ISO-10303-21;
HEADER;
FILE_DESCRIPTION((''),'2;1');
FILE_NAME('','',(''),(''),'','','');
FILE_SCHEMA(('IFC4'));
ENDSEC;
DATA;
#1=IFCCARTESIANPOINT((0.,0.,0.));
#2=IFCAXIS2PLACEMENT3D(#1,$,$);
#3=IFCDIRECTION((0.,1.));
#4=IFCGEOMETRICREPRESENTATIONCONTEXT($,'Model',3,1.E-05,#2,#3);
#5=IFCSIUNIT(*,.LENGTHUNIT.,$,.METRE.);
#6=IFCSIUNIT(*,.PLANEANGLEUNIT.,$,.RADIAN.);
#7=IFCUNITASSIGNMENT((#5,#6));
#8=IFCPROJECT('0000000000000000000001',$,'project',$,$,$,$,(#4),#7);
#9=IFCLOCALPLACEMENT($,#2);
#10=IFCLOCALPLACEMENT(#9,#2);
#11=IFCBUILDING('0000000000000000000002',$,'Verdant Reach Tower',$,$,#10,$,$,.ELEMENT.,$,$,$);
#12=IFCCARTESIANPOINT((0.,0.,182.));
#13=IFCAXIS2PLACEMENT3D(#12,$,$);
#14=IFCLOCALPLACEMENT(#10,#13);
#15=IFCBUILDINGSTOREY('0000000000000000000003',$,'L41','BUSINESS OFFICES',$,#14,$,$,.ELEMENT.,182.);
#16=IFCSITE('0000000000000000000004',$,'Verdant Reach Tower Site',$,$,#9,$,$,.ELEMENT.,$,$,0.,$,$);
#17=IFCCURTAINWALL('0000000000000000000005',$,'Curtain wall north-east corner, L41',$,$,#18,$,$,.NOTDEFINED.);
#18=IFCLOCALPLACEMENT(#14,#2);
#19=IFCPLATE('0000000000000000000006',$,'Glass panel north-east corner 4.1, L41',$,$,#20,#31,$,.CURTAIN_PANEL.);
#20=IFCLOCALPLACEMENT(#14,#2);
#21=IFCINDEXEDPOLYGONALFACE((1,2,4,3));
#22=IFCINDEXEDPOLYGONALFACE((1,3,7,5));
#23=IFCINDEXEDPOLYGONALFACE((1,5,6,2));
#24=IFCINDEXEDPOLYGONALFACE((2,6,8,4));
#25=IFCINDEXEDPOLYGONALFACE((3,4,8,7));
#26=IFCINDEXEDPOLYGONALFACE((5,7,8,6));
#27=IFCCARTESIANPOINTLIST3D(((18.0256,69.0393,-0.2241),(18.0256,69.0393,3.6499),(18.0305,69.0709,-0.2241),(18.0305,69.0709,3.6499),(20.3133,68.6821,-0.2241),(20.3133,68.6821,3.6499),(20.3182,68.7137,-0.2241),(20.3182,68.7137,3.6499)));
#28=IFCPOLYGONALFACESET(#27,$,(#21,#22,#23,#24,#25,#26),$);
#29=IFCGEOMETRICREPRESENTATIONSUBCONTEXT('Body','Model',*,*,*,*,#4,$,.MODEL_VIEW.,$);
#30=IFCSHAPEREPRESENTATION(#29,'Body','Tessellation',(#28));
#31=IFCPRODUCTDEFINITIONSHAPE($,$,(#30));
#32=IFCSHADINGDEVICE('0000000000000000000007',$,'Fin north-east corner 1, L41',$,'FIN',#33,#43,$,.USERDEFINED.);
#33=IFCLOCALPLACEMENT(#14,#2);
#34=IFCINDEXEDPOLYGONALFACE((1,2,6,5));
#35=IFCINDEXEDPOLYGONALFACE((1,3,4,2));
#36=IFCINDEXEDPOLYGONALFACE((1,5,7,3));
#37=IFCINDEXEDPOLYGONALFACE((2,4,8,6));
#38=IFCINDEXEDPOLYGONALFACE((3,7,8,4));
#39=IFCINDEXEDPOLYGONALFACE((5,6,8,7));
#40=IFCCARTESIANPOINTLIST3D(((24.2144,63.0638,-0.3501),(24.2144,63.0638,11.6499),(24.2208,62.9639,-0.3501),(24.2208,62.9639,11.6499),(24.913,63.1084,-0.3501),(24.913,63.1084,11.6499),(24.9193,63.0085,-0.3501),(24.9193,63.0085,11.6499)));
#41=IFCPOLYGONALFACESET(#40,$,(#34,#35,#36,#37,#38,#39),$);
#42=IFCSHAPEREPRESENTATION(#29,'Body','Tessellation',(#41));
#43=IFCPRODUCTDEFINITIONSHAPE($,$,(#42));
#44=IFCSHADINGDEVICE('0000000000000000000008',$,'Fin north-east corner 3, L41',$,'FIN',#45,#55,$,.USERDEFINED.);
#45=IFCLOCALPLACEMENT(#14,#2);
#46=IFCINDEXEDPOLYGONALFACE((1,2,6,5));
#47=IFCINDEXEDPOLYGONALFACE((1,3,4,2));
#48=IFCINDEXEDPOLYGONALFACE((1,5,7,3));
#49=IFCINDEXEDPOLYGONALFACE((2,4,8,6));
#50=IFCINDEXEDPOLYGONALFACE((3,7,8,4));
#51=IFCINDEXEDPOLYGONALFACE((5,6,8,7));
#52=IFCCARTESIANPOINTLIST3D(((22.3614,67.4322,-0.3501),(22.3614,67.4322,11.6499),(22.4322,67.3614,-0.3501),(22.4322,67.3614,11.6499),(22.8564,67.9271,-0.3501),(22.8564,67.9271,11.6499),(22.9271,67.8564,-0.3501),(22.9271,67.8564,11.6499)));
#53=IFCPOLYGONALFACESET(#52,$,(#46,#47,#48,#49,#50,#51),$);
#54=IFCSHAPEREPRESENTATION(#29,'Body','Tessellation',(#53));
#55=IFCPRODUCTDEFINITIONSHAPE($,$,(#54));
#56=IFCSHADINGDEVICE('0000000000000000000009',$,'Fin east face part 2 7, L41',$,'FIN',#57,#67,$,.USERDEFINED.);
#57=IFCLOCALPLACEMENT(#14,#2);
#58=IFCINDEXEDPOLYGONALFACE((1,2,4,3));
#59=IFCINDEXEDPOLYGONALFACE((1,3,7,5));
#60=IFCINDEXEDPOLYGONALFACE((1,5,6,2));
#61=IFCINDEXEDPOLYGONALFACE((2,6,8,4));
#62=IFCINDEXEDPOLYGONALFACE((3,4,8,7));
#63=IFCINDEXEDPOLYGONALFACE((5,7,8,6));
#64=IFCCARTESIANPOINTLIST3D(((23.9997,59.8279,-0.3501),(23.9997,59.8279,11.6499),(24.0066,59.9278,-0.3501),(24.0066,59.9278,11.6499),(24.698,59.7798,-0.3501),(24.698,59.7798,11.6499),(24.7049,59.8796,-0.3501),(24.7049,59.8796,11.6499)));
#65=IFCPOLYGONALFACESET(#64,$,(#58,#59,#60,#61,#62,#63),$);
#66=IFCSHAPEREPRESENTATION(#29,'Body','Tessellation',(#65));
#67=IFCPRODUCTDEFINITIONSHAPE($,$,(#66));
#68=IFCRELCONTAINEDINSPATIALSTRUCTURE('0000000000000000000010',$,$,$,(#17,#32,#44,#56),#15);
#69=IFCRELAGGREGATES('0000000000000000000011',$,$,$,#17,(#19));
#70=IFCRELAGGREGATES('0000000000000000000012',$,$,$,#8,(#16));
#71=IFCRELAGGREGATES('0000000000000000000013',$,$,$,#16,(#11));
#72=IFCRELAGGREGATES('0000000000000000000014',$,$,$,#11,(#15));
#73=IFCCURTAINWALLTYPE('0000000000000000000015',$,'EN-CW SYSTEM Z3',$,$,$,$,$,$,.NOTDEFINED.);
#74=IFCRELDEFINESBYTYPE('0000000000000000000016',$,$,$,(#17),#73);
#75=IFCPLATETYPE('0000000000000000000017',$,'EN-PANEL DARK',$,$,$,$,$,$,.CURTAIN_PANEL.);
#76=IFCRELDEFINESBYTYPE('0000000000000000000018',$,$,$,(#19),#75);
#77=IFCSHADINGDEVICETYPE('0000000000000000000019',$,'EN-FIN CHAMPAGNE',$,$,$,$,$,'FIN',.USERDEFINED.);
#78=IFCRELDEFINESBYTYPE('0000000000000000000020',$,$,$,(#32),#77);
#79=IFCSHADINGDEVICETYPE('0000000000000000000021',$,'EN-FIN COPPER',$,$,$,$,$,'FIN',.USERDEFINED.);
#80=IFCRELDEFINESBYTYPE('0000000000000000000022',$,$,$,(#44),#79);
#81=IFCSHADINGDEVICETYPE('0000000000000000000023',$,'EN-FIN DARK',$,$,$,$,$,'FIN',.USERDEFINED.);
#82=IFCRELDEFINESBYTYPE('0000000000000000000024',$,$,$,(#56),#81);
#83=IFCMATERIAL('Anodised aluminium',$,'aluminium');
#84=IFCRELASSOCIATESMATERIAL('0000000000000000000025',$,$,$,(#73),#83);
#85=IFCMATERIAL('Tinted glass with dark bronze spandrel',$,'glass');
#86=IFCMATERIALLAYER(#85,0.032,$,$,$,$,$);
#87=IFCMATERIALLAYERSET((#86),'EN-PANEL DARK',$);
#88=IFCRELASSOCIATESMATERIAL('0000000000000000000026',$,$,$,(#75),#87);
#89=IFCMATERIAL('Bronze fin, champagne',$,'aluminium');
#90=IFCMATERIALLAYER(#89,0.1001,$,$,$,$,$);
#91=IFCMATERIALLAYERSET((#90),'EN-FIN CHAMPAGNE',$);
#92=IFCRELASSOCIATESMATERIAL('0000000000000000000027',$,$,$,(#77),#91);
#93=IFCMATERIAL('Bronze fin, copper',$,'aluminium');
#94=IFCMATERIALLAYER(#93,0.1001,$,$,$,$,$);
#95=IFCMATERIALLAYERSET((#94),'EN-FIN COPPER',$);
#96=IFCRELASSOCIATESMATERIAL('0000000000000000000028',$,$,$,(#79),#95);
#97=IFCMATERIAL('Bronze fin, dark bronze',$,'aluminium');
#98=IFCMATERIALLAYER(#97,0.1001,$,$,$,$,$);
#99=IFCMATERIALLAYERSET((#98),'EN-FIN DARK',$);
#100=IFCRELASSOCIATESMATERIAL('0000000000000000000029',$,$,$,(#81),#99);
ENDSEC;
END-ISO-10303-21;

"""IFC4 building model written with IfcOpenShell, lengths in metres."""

from ifc_helpers import new_model, si_unit, direction, frame, origin, origin_2d, place, context, subcontext, project, spatial, rectangle, extrude, material, layer, layer_set, type_object, element, aggregate, save


model = new_model("IFC4")

# Units and contexts
model_context = context("Model", 3, precision=1e-05, world=origin(), true_north=direction((0.0, 1.0)))
body_context = subcontext(model_context, "Body", "Model", "MODEL_VIEW")
ifc_project = project(units=[si_unit("LENGTHUNIT", "METRE"), si_unit("PLANEANGLEUNIT", "RADIAN")], contexts=[model_context])

# Site, building, storey
site_placement = place(None, origin())
site = spatial("IfcSite", under=ifc_project, at=site_placement, Name="Verdant Reach Tower Site", CompositionType="ELEMENT", RefElevation=0.0)
building_placement = place(site_placement, origin())
building = spatial("IfcBuilding", under=site, at=building_placement, Name="Verdant Reach Tower", CompositionType="ELEMENT")
storey_placement = place(building_placement, frame((0.0, 0.0, 182.0)))
storey = spatial("IfcBuildingStorey", under=building, at=storey_placement, Name="L41", Description="BUSINESS OFFICES", CompositionType="ELEMENT", Elevation=182.0)

# Curtain wall
ifc_material_1 = material(Name="Anodised aluminium", Category="aluminium")
curtain_wall_type = type_object("IfcCurtainWallType", Name="EN-CW SYSTEM Z3", PredefinedType="NOTDEFINED", material=ifc_material_1)
curtain_wall_1_placement = place(storey_placement, origin())
curtain_wall_1 = element("IfcCurtainWall", 1, at=curtain_wall_1_placement, inside=storey, type_object=curtain_wall_type, Name="Curtain wall north-east corner, L41", PredefinedType="NOTDEFINED")

# Plate
ifc_material_2 = material(Name="Tinted glass with dark bronze spandrel", Category="glass")
ifc_layer_1 = layer(ifc_material_2, 0.032)
ifc_layer_set_1 = layer_set([ifc_layer_1], Name="EN-PANEL DARK")
plate_type_1 = type_object("IfcPlateType", Name="EN-PANEL DARK", PredefinedType="CURTAIN_PANEL", material=ifc_layer_set_1)
plate_1_placement = place(storey_placement, frame((19.1719, 68.8765, -0.2241), z_axis=(0.0, 0.0, 1.0), x_axis=(-0.988029, 0.154268, 0.0)))
plate_1 = element("IfcPlate", 2, at=plate_1_placement, type_object=plate_type_1, Name="Glass panel north-east corner 4.1, L41", PredefinedType="CURTAIN_PANEL", context=body_context, shape_type="SweptSolid", body=[
    extrude(rectangle(XDim=2.3154, YDim=0.032, at=origin_2d()), origin(), (0.0, 0.0, 1.0), 3.874),
])
aggregate(curtain_wall_1, [plate_1])

# Shading devices
ifc_material_3 = material(Name="Bronze fin, champagne", Category="aluminium")
ifc_layer_2 = layer(ifc_material_3, 0.1001)
ifc_layer_set_2 = layer_set([ifc_layer_2], Name="EN-FIN CHAMPAGNE")
shading_device_type_1 = type_object("IfcShadingDeviceType", Name="EN-FIN CHAMPAGNE", ElementType="FIN", PredefinedType="USERDEFINED", material=ifc_layer_set_2)
shading_device_1_placement = place(storey_placement, frame((24.5669, 63.0361, -0.3501), z_axis=(0.0, 0.0, 1.0), x_axis=(-0.063699, 0.997969, 0.0)))
element("IfcShadingDevice", 3, at=shading_device_1_placement, inside=storey, type_object=shading_device_type_1, Name="Fin north-east corner 1, L41", ObjectType="FIN", PredefinedType="USERDEFINED", context=body_context, shape_type="SweptSolid", body=[
    extrude(rectangle(XDim=0.1001, YDim=0.7, at=origin_2d()), origin(), (0.0, 0.0, 1.0), 12.0),
])
ifc_material_4 = material(Name="Bronze fin, copper", Category="aluminium")
ifc_layer_3 = layer(ifc_material_4, 0.1001)
ifc_layer_set_3 = layer_set([ifc_layer_3], Name="EN-FIN COPPER")
shading_device_type_2 = type_object("IfcShadingDeviceType", Name="EN-FIN COPPER", ElementType="FIN", PredefinedType="USERDEFINED", material=ifc_layer_set_3)
shading_device_2_placement = place(storey_placement, frame((22.6443, 67.6443, -0.3501), z_axis=(0.0, 0.0, 1.0), x_axis=(-0.707107, 0.707107, 0.0)))
element("IfcShadingDevice", 4, at=shading_device_2_placement, inside=storey, type_object=shading_device_type_2, Name="Fin north-east corner 3, L41", ObjectType="FIN", PredefinedType="USERDEFINED", context=body_context, shape_type="SweptSolid", body=[
    extrude(rectangle(XDim=0.1001, YDim=0.7, at=origin_2d()), origin(), (0.0, 0.0, 1.0), 12.0),
])
ifc_material_5 = material(Name="Bronze fin, dark bronze", Category="aluminium")
ifc_layer_4 = layer(ifc_material_5, 0.1001)
ifc_layer_set_4 = layer_set([ifc_layer_4], Name="EN-FIN DARK")
shading_device_type_3 = type_object("IfcShadingDeviceType", Name="EN-FIN DARK", ElementType="FIN", PredefinedType="USERDEFINED", material=ifc_layer_set_4)
shading_device_3_placement = place(storey_placement, frame((24.3523, 59.8538, -0.3501), z_axis=(0.0, 0.0, 1.0), x_axis=(0.068802, 0.99763, 0.0)))
element("IfcShadingDevice", 5, at=shading_device_3_placement, inside=storey, type_object=shading_device_type_3, Name="Fin east face part 2 7, L41", ObjectType="FIN", PredefinedType="USERDEFINED", context=body_context, shape_type="SweptSolid", body=[
    extrude(rectangle(XDim=0.1001, YDim=0.7, at=origin_2d()), origin(), (0.0, 0.0, 1.0), 12.0),
])

save(model, "model.ifc")
